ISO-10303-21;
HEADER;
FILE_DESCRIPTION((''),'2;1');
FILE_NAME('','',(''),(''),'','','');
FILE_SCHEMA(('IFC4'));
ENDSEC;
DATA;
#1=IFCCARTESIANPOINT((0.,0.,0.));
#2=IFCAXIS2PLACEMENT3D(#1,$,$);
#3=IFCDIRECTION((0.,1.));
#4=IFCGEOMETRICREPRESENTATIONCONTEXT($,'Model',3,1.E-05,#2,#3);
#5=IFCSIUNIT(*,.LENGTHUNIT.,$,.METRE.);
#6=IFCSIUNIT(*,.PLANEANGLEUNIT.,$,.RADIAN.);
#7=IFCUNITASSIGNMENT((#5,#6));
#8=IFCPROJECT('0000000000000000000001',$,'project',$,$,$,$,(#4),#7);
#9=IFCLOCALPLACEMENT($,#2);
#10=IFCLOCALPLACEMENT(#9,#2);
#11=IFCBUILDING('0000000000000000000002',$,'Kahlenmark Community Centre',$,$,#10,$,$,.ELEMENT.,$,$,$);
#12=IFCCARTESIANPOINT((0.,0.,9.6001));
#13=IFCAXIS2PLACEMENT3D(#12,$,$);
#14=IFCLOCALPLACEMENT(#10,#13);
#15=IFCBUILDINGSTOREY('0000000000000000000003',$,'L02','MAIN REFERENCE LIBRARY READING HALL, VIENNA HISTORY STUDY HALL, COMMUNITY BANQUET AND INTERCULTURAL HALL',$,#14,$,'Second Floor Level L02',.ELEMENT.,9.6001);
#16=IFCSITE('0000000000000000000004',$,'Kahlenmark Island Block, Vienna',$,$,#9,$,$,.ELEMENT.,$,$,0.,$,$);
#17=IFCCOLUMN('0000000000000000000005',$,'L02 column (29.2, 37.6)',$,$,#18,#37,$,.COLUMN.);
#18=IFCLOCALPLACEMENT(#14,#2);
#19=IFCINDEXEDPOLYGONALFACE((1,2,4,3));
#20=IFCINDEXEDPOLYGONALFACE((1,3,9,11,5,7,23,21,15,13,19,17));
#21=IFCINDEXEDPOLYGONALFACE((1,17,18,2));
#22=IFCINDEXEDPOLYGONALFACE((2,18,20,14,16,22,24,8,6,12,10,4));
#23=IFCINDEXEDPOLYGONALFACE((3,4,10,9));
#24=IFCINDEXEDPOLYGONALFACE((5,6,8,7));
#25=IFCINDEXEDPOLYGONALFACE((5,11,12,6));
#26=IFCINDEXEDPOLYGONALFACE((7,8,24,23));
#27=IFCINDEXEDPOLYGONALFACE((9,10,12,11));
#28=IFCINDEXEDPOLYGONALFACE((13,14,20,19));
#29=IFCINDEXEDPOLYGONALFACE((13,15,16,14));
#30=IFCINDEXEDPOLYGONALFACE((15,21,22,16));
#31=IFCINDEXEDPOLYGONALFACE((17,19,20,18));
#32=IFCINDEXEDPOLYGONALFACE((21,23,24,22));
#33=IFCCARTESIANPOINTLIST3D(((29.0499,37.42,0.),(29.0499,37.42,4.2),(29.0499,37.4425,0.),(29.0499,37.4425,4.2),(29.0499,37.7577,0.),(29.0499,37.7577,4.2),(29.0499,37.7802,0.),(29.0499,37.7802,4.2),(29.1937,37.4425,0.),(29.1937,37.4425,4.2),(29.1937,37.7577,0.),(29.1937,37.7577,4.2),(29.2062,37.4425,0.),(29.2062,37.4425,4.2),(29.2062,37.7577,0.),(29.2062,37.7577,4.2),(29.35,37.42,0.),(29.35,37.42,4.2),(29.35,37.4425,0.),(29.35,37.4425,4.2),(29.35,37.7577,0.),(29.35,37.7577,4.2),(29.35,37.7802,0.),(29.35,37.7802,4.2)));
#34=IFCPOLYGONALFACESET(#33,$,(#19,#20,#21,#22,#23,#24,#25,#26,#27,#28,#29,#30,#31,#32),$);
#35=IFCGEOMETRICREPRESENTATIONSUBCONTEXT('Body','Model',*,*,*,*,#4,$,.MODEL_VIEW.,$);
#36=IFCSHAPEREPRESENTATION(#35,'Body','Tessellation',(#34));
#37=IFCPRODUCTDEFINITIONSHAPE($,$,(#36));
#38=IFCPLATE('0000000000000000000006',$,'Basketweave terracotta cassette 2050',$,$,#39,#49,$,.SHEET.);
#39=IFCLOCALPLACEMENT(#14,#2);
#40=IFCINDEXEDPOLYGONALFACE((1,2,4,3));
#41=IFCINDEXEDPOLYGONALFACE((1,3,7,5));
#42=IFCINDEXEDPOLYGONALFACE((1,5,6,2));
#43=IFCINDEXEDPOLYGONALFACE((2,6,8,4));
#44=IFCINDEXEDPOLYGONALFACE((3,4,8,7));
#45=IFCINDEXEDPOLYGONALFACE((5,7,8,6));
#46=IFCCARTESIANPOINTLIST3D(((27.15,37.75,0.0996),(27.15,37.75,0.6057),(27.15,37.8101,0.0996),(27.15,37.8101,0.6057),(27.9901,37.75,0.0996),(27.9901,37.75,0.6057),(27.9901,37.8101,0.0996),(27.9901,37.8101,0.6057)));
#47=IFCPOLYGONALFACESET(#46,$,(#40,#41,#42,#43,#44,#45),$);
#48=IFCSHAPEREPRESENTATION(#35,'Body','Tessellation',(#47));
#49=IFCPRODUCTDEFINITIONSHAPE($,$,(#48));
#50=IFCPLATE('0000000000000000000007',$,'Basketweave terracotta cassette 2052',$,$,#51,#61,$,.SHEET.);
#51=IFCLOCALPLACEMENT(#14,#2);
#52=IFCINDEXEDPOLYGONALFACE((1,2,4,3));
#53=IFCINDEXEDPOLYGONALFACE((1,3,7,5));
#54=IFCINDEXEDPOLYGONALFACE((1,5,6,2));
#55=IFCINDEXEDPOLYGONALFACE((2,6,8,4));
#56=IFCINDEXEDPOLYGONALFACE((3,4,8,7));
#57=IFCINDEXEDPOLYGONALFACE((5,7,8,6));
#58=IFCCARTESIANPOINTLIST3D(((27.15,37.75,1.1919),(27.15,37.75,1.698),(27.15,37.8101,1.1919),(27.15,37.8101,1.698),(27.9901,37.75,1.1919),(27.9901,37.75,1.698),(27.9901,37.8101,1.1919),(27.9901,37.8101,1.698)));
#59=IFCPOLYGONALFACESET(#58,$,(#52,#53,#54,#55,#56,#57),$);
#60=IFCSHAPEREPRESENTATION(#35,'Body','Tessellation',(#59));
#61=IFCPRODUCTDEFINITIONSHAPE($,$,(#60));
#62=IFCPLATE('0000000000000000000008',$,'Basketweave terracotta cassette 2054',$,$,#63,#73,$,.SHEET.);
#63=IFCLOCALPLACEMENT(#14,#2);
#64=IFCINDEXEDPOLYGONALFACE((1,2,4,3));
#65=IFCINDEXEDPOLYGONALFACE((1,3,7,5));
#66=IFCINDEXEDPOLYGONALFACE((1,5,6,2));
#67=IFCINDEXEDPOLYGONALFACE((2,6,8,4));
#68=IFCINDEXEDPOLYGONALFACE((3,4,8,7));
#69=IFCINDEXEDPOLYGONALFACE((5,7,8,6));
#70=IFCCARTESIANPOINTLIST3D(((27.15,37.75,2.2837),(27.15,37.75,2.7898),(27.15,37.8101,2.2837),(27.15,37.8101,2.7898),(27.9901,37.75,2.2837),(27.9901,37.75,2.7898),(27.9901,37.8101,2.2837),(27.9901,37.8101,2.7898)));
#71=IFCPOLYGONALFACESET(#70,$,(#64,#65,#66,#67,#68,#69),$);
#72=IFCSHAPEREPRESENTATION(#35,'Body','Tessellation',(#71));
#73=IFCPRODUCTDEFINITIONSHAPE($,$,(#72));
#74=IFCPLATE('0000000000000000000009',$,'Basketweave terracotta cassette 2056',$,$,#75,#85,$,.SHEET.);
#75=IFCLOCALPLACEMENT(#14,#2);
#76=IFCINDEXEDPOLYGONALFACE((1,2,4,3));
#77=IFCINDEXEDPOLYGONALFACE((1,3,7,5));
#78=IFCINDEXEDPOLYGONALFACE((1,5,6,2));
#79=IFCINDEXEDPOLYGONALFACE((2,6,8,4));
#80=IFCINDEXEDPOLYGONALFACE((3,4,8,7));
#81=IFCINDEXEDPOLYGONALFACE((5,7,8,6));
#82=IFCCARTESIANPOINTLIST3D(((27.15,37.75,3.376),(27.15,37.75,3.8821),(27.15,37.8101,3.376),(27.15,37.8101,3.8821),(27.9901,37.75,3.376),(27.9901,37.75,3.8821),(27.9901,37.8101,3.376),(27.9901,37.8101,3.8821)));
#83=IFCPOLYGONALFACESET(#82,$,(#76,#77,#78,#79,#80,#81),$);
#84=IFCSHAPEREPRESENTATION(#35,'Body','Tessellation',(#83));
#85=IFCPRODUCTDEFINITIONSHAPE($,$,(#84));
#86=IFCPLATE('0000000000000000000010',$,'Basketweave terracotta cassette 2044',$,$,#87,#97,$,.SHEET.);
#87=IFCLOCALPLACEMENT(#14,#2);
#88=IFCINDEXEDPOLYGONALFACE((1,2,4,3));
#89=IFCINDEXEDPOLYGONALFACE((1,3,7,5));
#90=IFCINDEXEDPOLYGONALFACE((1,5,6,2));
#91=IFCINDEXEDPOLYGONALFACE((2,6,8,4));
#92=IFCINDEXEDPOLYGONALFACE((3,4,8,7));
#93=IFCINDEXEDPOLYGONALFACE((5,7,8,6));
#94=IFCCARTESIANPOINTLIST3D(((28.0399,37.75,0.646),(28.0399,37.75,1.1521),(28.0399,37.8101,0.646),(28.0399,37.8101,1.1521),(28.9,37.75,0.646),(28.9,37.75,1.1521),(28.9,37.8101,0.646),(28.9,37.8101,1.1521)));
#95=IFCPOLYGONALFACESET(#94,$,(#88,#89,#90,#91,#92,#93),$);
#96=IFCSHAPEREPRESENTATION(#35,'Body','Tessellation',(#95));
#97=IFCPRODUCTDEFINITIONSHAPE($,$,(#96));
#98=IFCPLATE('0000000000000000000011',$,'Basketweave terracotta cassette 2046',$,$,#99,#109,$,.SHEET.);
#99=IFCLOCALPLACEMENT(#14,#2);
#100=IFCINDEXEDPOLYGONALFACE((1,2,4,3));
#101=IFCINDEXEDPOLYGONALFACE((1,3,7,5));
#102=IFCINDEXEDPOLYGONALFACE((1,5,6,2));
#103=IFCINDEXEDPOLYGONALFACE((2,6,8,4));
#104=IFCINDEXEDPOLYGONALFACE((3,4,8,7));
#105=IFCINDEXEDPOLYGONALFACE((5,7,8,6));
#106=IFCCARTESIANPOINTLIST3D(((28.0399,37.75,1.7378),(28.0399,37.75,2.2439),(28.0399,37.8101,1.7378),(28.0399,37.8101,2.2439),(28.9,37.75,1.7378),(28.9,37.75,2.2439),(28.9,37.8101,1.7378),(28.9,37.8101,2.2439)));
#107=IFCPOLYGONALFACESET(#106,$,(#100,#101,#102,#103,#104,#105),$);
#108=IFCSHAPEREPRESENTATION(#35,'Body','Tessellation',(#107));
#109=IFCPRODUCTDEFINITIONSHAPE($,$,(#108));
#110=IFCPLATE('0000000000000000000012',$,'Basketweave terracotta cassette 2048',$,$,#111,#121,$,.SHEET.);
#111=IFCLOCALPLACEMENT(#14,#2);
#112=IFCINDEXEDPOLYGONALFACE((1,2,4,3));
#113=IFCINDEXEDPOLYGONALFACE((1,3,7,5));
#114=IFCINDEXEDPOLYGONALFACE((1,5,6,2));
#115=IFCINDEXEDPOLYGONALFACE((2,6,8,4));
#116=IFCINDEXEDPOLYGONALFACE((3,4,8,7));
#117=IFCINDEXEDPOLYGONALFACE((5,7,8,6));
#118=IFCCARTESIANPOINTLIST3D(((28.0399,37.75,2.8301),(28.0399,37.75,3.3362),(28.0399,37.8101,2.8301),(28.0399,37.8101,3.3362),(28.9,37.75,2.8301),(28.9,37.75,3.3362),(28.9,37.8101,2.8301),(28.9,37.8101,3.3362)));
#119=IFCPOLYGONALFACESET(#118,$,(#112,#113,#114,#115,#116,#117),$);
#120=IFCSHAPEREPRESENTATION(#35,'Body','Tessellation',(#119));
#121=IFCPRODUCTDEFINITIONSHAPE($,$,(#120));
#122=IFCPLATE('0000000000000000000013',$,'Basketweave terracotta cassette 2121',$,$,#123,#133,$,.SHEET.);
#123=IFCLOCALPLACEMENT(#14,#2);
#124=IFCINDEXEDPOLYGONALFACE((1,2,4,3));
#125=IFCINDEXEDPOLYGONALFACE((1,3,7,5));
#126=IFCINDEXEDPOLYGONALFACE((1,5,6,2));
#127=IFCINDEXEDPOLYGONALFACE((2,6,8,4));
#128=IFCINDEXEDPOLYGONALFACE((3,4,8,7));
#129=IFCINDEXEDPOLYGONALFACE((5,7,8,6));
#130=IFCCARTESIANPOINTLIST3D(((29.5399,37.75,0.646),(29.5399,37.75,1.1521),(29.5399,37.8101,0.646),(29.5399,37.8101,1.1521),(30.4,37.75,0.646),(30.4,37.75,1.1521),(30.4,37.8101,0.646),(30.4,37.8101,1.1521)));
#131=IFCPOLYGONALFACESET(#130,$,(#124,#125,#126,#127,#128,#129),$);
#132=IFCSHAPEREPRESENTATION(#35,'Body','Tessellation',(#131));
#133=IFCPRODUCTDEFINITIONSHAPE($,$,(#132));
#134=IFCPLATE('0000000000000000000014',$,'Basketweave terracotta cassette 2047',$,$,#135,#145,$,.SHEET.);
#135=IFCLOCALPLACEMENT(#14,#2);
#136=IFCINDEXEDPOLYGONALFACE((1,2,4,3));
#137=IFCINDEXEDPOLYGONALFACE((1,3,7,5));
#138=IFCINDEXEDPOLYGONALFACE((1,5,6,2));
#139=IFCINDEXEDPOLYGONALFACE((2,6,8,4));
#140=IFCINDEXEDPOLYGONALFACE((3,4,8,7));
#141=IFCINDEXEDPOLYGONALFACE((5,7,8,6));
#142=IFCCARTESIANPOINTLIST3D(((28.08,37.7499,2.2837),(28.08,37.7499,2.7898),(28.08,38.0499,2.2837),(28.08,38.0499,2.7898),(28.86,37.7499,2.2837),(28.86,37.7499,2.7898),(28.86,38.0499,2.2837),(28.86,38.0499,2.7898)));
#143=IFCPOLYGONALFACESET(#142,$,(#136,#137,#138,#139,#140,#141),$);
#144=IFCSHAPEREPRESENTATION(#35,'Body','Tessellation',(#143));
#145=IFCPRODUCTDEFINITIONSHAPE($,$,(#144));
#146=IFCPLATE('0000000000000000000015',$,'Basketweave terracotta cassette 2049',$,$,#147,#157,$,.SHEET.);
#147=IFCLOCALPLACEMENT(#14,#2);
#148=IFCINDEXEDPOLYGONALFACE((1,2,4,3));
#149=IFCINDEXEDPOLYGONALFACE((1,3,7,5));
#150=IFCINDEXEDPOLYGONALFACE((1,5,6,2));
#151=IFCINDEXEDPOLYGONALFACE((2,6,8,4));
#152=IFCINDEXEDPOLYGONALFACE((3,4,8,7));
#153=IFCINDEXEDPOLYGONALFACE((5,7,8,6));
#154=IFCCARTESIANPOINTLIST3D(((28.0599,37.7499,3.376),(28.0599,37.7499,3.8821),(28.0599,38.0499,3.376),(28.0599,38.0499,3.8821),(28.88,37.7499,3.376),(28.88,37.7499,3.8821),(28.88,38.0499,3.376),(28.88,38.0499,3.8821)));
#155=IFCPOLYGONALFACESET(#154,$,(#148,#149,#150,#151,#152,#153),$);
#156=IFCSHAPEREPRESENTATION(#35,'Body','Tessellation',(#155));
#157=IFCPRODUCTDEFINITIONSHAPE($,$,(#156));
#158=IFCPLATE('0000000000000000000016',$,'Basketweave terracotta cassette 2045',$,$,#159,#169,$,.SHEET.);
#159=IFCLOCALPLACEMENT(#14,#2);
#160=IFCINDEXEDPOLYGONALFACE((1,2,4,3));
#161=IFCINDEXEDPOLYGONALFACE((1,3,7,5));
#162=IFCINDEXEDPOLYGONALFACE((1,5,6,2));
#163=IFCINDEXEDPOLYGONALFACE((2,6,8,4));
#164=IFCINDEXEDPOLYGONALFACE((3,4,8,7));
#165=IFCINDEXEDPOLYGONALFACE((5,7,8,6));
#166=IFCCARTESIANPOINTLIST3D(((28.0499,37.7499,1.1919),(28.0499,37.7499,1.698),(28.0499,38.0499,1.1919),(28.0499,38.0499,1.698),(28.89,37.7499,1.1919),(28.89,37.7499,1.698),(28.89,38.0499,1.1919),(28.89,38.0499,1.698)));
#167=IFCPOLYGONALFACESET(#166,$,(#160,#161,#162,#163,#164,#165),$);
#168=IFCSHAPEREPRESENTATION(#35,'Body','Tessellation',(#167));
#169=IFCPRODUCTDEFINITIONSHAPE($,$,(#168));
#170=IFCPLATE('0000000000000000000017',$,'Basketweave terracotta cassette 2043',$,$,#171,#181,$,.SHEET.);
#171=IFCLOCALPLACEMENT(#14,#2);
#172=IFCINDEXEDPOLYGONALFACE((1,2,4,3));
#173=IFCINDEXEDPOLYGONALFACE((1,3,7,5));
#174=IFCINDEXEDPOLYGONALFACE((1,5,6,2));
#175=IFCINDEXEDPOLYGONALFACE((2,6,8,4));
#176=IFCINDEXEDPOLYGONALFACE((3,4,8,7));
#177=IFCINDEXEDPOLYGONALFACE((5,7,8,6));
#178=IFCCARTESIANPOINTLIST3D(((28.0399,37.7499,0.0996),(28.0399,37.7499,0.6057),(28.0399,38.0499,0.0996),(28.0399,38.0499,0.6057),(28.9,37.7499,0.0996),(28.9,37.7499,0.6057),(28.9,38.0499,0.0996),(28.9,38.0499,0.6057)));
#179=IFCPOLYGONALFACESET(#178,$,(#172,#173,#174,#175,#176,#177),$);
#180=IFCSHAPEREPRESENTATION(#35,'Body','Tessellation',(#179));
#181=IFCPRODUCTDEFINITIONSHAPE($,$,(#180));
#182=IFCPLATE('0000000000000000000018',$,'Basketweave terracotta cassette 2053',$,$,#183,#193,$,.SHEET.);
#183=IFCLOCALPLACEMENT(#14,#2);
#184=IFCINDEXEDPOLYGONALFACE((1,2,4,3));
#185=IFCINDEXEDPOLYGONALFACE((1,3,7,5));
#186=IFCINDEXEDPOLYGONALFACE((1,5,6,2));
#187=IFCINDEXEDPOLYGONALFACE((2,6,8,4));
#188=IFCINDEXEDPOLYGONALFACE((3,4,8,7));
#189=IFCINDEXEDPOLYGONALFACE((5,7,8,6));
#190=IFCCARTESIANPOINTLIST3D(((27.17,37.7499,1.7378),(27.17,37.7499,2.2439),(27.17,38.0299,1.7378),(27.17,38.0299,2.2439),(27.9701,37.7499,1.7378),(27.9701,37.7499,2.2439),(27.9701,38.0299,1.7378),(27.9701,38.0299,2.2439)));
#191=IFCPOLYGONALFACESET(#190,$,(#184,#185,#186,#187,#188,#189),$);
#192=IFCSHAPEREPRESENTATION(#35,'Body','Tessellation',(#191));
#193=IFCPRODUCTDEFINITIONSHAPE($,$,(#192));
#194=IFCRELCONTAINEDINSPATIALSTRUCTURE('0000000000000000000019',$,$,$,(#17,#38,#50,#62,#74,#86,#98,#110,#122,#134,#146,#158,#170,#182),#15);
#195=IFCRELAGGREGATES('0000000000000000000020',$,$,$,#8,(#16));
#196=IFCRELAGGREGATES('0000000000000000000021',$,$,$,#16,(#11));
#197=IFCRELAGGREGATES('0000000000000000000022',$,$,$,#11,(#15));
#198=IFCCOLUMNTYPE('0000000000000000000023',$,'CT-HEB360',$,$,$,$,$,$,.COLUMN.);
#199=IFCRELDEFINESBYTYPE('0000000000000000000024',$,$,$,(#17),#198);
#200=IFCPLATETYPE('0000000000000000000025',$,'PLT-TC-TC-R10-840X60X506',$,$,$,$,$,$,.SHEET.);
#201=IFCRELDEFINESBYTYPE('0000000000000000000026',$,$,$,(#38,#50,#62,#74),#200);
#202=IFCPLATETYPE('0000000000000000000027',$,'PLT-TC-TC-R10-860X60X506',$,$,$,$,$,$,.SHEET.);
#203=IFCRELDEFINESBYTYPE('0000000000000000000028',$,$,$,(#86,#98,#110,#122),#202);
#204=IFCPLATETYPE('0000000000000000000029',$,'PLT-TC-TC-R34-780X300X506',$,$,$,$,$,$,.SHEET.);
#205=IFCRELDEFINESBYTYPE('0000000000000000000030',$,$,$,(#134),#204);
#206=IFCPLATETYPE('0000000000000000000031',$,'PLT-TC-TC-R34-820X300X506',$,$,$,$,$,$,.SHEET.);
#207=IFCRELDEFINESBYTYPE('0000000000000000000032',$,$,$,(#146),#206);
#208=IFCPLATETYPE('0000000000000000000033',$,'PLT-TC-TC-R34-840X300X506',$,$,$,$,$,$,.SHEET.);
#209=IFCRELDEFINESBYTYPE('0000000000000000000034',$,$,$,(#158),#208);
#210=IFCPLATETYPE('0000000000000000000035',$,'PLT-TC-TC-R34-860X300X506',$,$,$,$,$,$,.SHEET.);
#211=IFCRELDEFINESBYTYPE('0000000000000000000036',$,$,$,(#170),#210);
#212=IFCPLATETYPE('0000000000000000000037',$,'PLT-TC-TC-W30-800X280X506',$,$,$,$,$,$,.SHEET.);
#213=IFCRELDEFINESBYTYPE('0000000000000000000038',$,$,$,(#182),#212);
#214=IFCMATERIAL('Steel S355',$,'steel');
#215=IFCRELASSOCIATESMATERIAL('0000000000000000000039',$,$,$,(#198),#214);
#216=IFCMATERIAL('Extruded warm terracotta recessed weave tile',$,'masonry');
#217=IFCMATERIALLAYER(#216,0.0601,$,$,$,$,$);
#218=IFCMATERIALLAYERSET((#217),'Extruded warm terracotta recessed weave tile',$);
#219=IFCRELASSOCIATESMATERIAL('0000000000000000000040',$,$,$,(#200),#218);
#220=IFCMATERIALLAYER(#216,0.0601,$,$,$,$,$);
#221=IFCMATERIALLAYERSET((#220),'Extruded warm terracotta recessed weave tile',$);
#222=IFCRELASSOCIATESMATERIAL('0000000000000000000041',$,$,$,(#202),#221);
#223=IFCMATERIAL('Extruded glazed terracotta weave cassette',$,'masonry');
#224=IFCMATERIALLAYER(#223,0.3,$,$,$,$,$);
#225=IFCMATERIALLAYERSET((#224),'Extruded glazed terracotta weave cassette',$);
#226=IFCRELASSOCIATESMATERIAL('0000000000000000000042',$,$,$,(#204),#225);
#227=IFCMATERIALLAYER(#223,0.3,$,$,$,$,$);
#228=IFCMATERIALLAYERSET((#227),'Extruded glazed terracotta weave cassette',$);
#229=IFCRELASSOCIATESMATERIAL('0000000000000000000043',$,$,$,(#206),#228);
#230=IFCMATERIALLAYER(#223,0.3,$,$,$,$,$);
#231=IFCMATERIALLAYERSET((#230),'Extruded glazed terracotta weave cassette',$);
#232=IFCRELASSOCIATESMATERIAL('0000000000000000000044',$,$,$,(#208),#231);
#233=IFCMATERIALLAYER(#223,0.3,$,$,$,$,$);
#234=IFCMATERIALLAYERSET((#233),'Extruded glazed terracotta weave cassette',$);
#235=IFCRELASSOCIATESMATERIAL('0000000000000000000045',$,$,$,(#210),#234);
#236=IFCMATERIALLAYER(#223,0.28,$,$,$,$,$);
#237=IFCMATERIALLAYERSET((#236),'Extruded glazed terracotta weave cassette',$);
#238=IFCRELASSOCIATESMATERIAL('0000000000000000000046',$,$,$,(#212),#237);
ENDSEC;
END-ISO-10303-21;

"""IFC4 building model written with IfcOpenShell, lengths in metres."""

from ifc_helpers import new_model, si_unit, direction, frame, origin, origin_2d, place, context, subcontext, project, spatial, rectangle, i_section, extrude, material, layer, layer_set, material_profile, profile_set, type_object, element, save


model = new_model("IFC4")

# Units and contexts
model_context = context("Model", 3, precision=1e-05, world=origin(), true_north=direction((0.0, 1.0)))
body_context = subcontext(model_context, "Body", "Model", "MODEL_VIEW")
ifc_project = project(units=[si_unit("LENGTHUNIT", "METRE"), si_unit("PLANEANGLEUNIT", "RADIAN")], contexts=[model_context])

# Site, building, storey
site_placement = place(None, origin())
site = spatial("IfcSite", under=ifc_project, at=site_placement, Name="Kahlenmark Island Block, Vienna", CompositionType="ELEMENT", RefElevation=0.0)
building_placement = place(site_placement, origin())
building = spatial("IfcBuilding", under=site, at=building_placement, Name="Kahlenmark Community Centre", CompositionType="ELEMENT")
storey_placement = place(building_placement, frame((0.0, 0.0, 9.6001)))
storey = spatial("IfcBuildingStorey", under=building, at=storey_placement, Name="L02", Description="MAIN REFERENCE LIBRARY READING HALL, VIENNA HISTORY STUDY HALL, COMMUNITY BANQUET AND INTERCULTURAL HALL", LongName="Second Floor Level L02", CompositionType="ELEMENT", Elevation=9.6001)

# Column
ifc_material_1 = material(Name="Steel S355", Category="steel")
ifc_material_profile = material_profile(ifc_material_1, i_section(OverallWidth=0.3, OverallDepth=0.3601, WebThickness=0.0125, FlangeThickness=0.0225, at=origin_2d()), Name="HEB 360")
ifc_profile_set = profile_set([ifc_material_profile], Name="Steel S355")
column_type = type_object("IfcColumnType", Name="CT-HEB360", PredefinedType="COLUMN", material=ifc_profile_set)
column_placement = place(storey_placement, frame((29.2, 37.6001, 0.0), z_axis=(0.0, 0.0, 1.0), x_axis=(1.0, 0.0, 0.0)))
element("IfcColumn", 1, at=column_placement, inside=storey, type_object=column_type, Name="L02 column (29.2, 37.6)", PredefinedType="COLUMN", context=body_context, shape_type="SweptSolid", body=[
    extrude(i_section(OverallWidth=0.3, OverallDepth=0.3601, WebThickness=0.0125, FlangeThickness=0.0225, at=origin_2d()), origin(), (0.0, 0.0, 1.0), 4.2),
])

# Plates
ifc_material_2 = material(Name="Extruded warm terracotta recessed weave tile", Category="masonry")
ifc_layer_1 = layer(ifc_material_2, 0.0601)
ifc_layer_set_1 = layer_set([ifc_layer_1], Name="Extruded warm terracotta recessed weave tile")
plate_type_1 = type_object("IfcPlateType", Name="PLT-TC-TC-R10-840X60X506", PredefinedType="SHEET", material=ifc_layer_set_1)
for number, where, z_axis, x_axis, name in (
    (2, (27.5701, 37.78, 0.0996), (0.0, 0.0, 1.0), (-1.0, 0.0, 0.0), "Basketweave terracotta cassette 2050"),
    (3, (27.5701, 37.78, 1.1919), (0.0, 0.0, 1.0), (-1.0, 0.0, 0.0), "Basketweave terracotta cassette 2052"),
    (4, (27.5701, 37.78, 2.2837), (0.0, 0.0, 1.0), (-1.0, 0.0, 0.0), "Basketweave terracotta cassette 2054"),
    (5, (27.5701, 37.78, 3.376), (0.0, 0.0, 1.0), (-1.0, 0.0, 0.0), "Basketweave terracotta cassette 2056"),
):
    element("IfcPlate", number, at=place(storey_placement, frame(where, z_axis=z_axis, x_axis=x_axis)), inside=storey, type_object=plate_type_1, Name=name, PredefinedType="SHEET", context=body_context, shape_type="SweptSolid", body=[
        extrude(rectangle(XDim=0.8401, YDim=0.0601, at=origin_2d()), origin(), (0.0, 0.0, 1.0), 0.5061),
    ])
ifc_layer_2 = layer(ifc_material_2, 0.0601)
ifc_layer_set_2 = layer_set([ifc_layer_2], Name="Extruded warm terracotta recessed weave tile")
plate_type_2 = type_object("IfcPlateType", Name="PLT-TC-TC-R10-860X60X506", PredefinedType="SHEET", material=ifc_layer_set_2)
for number, where, z_axis, x_axis, name in (
    (6, (28.47, 37.78, 0.646), (0.0, 0.0, 1.0), (-1.0, 0.0, 0.0), "Basketweave terracotta cassette 2044"),
    (7, (28.47, 37.78, 1.7378), (0.0, 0.0, 1.0), (-1.0, 0.0, 0.0), "Basketweave terracotta cassette 2046"),
    (8, (28.47, 37.78, 2.8301), (0.0, 0.0, 1.0), (-1.0, 0.0, 0.0), "Basketweave terracotta cassette 2048"),
    (9, (29.97, 37.78, 0.646), (0.0, 0.0, 1.0), (-1.0, 0.0, 0.0), "Basketweave terracotta cassette 2121"),
):
    element("IfcPlate", number, at=place(storey_placement, frame(where, z_axis=z_axis, x_axis=x_axis)), inside=storey, type_object=plate_type_2, Name=name, PredefinedType="SHEET", context=body_context, shape_type="SweptSolid", body=[
        extrude(rectangle(XDim=0.8601, YDim=0.0601, at=origin_2d()), origin(), (0.0, 0.0, 1.0), 0.5061),
    ])
ifc_material_3 = material(Name="Extruded glazed terracotta weave cassette", Category="masonry")
ifc_layer_3 = layer(ifc_material_3, 0.3)
ifc_layer_set_3 = layer_set([ifc_layer_3], Name="Extruded glazed terracotta weave cassette")
plate_type_3 = type_object("IfcPlateType", Name="PLT-TC-TC-R34-780X300X506", PredefinedType="SHEET", material=ifc_layer_set_3)
plate_1_placement = place(storey_placement, frame((28.47, 37.8999, 2.2837), z_axis=(0.0, 0.0, 1.0), x_axis=(-1.0, 0.0, 0.0)))
element("IfcPlate", 10, at=plate_1_placement, inside=storey, type_object=plate_type_3, Name="Basketweave terracotta cassette 2047", PredefinedType="SHEET", context=body_context, shape_type="SweptSolid", body=[
    extrude(rectangle(XDim=0.78, YDim=0.3, at=origin_2d()), origin(), (0.0, 0.0, 1.0), 0.5061),
])
ifc_layer_4 = layer(ifc_material_3, 0.3)
ifc_layer_set_4 = layer_set([ifc_layer_4], Name="Extruded glazed terracotta weave cassette")
plate_type_4 = type_object("IfcPlateType", Name="PLT-TC-TC-R34-820X300X506", PredefinedType="SHEET", material=ifc_layer_set_4)
plate_2_placement = place(storey_placement, frame((28.47, 37.8999, 3.376), z_axis=(0.0, 0.0, 1.0), x_axis=(-1.0, 0.0, 0.0)))
element("IfcPlate", 11, at=plate_2_placement, inside=storey, type_object=plate_type_4, Name="Basketweave terracotta cassette 2049", PredefinedType="SHEET", context=body_context, shape_type="SweptSolid", body=[
    extrude(rectangle(XDim=0.8201, YDim=0.3, at=origin_2d()), origin(), (0.0, 0.0, 1.0), 0.5061),
])
ifc_layer_5 = layer(ifc_material_3, 0.3)
ifc_layer_set_5 = layer_set([ifc_layer_5], Name="Extruded glazed terracotta weave cassette")
plate_type_5 = type_object("IfcPlateType", Name="PLT-TC-TC-R34-840X300X506", PredefinedType="SHEET", material=ifc_layer_set_5)
plate_3_placement = place(storey_placement, frame((28.47, 37.8999, 1.1919), z_axis=(0.0, 0.0, 1.0), x_axis=(-1.0, 0.0, 0.0)))
element("IfcPlate", 12, at=plate_3_placement, inside=storey, type_object=plate_type_5, Name="Basketweave terracotta cassette 2045", PredefinedType="SHEET", context=body_context, shape_type="SweptSolid", body=[
    extrude(rectangle(XDim=0.8401, YDim=0.3, at=origin_2d()), origin(), (0.0, 0.0, 1.0), 0.5061),
])
ifc_layer_6 = layer(ifc_material_3, 0.3)
ifc_layer_set_6 = layer_set([ifc_layer_6], Name="Extruded glazed terracotta weave cassette")
plate_type_6 = type_object("IfcPlateType", Name="PLT-TC-TC-R34-860X300X506", PredefinedType="SHEET", material=ifc_layer_set_6)
plate_4_placement = place(storey_placement, frame((28.47, 37.8999, 0.0996), z_axis=(0.0, 0.0, 1.0), x_axis=(-1.0, 0.0, 0.0)))
element("IfcPlate", 13, at=plate_4_placement, inside=storey, type_object=plate_type_6, Name="Basketweave terracotta cassette 2043", PredefinedType="SHEET", context=body_context, shape_type="SweptSolid", body=[
    extrude(rectangle(XDim=0.8601, YDim=0.3, at=origin_2d()), origin(), (0.0, 0.0, 1.0), 0.5061),
])
ifc_layer_7 = layer(ifc_material_3, 0.28)
ifc_layer_set_7 = layer_set([ifc_layer_7], Name="Extruded glazed terracotta weave cassette")
plate_type_7 = type_object("IfcPlateType", Name="PLT-TC-TC-W30-800X280X506", PredefinedType="SHEET", material=ifc_layer_set_7)
plate_5_placement = place(storey_placement, frame((27.5701, 37.8899, 1.7378), z_axis=(0.0, 0.0, 1.0), x_axis=(-1.0, 0.0, 0.0)))
element("IfcPlate", 14, at=plate_5_placement, inside=storey, type_object=plate_type_7, Name="Basketweave terracotta cassette 2053", PredefinedType="SHEET", context=body_context, shape_type="SweptSolid", body=[
    extrude(rectangle(XDim=0.8, YDim=0.28, at=origin_2d()), origin(), (0.0, 0.0, 1.0), 0.5061),
])

save(model, "model.ifc")
